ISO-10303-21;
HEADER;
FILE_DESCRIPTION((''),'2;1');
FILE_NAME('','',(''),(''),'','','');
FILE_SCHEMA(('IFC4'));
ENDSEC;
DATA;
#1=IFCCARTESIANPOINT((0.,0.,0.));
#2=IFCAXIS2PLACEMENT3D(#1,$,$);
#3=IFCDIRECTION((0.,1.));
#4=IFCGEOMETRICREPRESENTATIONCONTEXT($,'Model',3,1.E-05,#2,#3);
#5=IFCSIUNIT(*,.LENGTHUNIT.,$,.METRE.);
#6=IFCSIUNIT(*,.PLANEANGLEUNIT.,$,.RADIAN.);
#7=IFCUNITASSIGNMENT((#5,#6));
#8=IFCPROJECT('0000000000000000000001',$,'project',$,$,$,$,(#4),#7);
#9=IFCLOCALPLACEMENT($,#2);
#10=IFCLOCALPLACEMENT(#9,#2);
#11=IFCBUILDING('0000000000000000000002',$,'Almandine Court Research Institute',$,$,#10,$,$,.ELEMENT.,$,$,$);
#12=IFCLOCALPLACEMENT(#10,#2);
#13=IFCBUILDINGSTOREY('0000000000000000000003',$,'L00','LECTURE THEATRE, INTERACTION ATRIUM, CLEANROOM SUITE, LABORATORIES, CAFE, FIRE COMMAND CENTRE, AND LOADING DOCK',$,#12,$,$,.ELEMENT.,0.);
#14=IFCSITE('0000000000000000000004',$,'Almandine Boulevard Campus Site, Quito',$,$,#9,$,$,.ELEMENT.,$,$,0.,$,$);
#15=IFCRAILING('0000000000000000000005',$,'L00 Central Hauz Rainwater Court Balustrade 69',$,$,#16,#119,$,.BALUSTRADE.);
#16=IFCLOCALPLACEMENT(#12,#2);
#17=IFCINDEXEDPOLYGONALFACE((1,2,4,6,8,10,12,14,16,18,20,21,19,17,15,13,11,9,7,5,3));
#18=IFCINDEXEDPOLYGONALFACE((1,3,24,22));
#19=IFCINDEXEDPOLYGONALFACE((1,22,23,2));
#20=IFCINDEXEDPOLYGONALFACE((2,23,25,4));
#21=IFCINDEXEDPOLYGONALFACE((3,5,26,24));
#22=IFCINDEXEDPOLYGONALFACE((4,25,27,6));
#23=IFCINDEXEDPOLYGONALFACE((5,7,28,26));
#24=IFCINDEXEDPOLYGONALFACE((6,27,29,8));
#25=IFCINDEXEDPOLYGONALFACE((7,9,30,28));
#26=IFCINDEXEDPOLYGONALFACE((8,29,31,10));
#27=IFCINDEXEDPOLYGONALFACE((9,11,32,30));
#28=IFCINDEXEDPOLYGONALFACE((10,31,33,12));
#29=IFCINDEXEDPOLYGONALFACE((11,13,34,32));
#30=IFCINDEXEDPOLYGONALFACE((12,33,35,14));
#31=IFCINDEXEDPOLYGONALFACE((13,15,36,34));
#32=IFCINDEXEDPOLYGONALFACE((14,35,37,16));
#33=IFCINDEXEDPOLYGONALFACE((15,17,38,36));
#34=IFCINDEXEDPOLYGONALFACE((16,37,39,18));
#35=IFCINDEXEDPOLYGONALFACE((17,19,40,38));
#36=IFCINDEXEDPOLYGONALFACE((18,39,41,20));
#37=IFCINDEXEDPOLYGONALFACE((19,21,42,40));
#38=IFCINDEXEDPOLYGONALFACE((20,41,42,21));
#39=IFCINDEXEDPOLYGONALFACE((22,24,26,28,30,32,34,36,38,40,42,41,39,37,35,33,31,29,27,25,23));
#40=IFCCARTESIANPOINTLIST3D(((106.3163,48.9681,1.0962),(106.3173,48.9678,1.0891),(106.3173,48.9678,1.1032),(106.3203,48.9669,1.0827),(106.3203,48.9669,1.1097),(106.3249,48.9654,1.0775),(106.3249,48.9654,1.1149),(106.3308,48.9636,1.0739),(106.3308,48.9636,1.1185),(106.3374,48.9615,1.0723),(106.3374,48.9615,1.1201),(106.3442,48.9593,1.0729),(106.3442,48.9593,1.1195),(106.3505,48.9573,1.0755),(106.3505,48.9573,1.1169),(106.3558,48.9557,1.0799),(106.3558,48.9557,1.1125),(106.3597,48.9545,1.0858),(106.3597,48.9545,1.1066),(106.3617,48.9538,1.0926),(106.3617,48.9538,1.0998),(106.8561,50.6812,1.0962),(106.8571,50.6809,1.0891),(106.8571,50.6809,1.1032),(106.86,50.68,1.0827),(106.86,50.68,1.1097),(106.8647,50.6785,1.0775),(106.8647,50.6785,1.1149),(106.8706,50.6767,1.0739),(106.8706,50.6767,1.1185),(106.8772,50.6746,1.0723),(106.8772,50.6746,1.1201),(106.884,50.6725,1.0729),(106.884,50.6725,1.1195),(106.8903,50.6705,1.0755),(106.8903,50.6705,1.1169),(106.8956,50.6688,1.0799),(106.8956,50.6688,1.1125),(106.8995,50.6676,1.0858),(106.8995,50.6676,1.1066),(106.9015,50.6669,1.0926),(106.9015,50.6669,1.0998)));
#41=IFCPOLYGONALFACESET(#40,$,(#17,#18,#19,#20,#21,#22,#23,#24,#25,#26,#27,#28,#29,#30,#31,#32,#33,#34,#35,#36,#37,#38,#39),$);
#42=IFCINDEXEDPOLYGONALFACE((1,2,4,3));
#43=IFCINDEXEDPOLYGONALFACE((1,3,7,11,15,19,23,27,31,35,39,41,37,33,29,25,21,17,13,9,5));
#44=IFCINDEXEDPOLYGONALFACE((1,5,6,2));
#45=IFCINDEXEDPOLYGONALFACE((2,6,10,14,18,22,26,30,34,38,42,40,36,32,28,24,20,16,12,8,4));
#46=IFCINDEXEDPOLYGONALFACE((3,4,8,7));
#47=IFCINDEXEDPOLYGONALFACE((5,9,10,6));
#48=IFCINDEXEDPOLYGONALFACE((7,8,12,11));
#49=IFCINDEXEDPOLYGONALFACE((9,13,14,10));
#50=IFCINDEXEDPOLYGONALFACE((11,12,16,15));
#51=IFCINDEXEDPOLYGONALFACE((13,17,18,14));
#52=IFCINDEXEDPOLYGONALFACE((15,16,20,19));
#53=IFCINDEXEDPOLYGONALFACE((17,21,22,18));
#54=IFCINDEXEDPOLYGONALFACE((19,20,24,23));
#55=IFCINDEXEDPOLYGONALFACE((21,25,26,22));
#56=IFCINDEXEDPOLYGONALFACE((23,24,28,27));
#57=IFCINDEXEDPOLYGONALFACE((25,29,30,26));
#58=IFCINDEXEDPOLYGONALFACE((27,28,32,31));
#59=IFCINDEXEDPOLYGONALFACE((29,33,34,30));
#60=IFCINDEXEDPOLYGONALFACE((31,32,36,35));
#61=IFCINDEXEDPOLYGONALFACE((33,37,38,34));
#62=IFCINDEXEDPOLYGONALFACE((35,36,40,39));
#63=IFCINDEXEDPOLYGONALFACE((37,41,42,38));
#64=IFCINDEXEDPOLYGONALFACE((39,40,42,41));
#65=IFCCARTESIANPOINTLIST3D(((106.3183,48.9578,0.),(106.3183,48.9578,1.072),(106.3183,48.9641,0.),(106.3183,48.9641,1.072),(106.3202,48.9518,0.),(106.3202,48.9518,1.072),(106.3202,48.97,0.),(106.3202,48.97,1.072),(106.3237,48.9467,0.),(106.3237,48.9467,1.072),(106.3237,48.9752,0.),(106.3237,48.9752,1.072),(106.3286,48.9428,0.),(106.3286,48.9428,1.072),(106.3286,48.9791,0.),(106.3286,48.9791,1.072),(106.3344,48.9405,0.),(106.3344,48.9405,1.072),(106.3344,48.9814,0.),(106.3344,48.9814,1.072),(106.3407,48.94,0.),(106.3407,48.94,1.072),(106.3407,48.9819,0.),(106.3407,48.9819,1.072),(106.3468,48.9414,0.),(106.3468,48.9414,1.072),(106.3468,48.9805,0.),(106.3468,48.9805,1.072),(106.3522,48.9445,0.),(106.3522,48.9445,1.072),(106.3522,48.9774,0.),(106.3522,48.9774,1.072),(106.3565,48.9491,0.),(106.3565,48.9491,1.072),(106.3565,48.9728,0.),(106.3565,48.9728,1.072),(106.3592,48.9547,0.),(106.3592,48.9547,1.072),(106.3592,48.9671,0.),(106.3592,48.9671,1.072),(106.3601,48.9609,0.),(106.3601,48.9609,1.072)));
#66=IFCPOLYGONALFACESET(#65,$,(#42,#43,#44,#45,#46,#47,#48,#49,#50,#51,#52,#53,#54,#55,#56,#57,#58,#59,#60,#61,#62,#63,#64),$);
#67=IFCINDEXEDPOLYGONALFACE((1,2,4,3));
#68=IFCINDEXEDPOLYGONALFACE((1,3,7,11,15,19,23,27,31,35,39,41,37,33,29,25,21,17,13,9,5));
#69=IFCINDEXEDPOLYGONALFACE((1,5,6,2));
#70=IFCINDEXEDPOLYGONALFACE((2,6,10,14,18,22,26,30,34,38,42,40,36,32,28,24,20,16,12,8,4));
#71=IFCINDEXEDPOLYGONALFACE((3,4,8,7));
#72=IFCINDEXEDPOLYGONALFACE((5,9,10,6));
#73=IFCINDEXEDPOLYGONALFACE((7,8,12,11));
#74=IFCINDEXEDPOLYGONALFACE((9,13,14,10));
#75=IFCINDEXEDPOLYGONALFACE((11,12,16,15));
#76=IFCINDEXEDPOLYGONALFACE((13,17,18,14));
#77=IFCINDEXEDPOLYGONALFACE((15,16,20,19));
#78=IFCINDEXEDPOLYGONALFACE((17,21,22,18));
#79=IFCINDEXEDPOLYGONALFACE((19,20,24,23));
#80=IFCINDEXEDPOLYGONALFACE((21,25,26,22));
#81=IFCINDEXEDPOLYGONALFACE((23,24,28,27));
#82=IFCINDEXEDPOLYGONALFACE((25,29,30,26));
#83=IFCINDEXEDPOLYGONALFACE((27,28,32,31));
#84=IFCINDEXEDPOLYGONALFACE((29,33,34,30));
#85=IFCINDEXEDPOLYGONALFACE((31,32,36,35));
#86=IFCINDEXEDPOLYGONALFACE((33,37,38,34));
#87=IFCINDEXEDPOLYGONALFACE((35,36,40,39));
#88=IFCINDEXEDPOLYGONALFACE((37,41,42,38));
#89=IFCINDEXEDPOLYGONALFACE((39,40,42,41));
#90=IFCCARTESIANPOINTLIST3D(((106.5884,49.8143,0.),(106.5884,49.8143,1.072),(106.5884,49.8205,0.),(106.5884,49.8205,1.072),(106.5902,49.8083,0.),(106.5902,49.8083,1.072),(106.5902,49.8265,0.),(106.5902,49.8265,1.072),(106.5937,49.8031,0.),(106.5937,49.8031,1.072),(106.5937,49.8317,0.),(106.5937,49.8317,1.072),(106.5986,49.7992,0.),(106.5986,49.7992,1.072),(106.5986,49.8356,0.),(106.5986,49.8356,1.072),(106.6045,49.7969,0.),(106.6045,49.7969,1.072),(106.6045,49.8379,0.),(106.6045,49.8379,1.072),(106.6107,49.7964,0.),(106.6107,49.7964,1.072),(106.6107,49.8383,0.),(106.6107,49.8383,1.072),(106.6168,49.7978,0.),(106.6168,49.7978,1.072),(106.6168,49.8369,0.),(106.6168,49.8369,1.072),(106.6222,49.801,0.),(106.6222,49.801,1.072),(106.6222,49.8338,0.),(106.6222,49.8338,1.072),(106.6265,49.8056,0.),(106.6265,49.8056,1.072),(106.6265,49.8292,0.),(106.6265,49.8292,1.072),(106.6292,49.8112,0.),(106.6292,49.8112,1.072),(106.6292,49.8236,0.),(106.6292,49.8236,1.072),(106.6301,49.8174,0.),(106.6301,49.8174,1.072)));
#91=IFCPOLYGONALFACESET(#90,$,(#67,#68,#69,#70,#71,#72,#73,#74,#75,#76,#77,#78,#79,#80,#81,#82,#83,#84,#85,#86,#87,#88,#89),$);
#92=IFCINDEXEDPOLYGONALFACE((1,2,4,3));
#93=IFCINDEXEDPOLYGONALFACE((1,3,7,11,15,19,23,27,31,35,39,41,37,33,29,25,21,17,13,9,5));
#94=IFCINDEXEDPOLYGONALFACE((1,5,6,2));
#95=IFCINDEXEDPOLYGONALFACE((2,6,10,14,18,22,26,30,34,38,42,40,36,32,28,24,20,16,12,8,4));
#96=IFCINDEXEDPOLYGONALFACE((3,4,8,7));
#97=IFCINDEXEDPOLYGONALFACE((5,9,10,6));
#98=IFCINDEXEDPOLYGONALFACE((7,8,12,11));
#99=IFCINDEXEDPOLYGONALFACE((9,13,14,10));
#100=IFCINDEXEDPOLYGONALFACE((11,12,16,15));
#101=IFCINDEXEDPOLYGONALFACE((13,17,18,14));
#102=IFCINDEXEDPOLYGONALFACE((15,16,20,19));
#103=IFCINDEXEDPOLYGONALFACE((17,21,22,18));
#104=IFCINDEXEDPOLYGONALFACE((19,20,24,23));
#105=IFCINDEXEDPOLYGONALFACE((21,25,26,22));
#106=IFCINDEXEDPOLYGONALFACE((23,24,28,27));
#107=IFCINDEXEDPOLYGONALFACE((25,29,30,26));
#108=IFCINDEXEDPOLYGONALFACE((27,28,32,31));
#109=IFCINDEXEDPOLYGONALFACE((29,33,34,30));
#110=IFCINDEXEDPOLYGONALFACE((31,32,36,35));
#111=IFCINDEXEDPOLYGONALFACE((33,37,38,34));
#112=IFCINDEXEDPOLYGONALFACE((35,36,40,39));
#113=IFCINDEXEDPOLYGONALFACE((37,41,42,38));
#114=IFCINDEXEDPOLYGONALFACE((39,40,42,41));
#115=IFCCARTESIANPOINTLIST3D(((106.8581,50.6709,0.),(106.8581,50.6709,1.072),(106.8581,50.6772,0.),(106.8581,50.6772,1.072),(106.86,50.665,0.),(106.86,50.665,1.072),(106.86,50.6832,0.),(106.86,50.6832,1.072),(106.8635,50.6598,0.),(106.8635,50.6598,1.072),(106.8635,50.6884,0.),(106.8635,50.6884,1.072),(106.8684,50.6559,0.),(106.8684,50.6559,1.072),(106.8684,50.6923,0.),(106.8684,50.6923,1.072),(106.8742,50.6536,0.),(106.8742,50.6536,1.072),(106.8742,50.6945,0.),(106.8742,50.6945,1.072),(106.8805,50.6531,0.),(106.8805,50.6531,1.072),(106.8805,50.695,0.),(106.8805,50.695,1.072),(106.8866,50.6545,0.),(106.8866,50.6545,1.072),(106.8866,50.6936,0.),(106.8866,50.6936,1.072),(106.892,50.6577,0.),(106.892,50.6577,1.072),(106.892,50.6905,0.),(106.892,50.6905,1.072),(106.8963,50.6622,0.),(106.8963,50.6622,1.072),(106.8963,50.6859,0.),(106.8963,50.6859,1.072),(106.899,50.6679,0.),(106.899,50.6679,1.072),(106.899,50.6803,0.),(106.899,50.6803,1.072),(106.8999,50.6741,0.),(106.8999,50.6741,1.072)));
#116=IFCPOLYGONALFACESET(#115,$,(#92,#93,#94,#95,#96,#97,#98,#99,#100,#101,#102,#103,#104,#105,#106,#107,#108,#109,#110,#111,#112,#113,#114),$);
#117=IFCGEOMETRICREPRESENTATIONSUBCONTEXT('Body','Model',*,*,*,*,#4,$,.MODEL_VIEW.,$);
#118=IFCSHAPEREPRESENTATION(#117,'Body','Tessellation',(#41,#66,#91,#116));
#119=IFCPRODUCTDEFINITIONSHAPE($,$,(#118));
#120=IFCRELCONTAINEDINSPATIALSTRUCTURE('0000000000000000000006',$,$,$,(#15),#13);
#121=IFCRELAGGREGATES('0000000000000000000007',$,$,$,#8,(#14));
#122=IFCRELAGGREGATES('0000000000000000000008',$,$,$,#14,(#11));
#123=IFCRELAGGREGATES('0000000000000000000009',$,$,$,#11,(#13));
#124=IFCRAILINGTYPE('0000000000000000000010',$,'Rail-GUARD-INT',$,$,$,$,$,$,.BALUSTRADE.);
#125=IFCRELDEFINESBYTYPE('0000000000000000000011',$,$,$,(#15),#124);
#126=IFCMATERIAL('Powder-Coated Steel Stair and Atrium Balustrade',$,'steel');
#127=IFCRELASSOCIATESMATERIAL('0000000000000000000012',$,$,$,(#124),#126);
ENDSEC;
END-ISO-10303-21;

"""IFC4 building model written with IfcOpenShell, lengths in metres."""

from ifc_helpers import new_model, si_unit, direction, frame, origin, origin_2d, place, context, subcontext, project, spatial, circle, extrude, material, type_object, element, save


model = new_model("IFC4")

# Units and contexts
model_context = context("Model", 3, precision=1e-05, world=origin(), true_north=direction((0.0, 1.0)))
body_context = subcontext(model_context, "Body", "Model", "MODEL_VIEW")
ifc_project = project(units=[si_unit("LENGTHUNIT", "METRE"), si_unit("PLANEANGLEUNIT", "RADIAN")], contexts=[model_context])

# Site, building, storey
site_placement = place(None, origin())
site = spatial("IfcSite", under=ifc_project, at=site_placement, Name="Almandine Boulevard Campus Site, Quito", CompositionType="ELEMENT", RefElevation=0.0)
building_placement = place(site_placement, origin())
building = spatial("IfcBuilding", under=site, at=building_placement, Name="Almandine Court Research Institute", CompositionType="ELEMENT")
storey_placement = place(building_placement, origin())
storey = spatial("IfcBuildingStorey", under=building, at=storey_placement, Name="L00", Description="LECTURE THEATRE, INTERACTION ATRIUM, CLEANROOM SUITE, LABORATORIES, CAFE, FIRE COMMAND CENTRE, AND LOADING DOCK", CompositionType="ELEMENT", Elevation=0.0)

# Railing
ifc_material_1 = material(Name="Powder-Coated Steel Stair and Atrium Balustrade", Category="steel")
railing_type = type_object("IfcRailingType", Name="Rail-GUARD-INT", PredefinedType="BALUSTRADE", material=ifc_material_1)
railing_1_placement = place(storey_placement, frame((106.3391, 48.9609, 0.0)))
element("IfcRailing", 1, at=railing_1_placement, inside=storey, type_object=railing_type, Name="L00 Central Hauz Rainwater Court Balustrade 69", PredefinedType="BALUSTRADE", context=body_context, shape_type="SweptSolid", body=[
    extrude(circle(Radius=0.0239, at=origin_2d()), frame((0.0, 0.0, 1.0962), z_axis=(0.300526, 0.953774, 0.0), x_axis=(-0.953774, 0.300526, 0.0)), (0.0, 0.0, 1.0), 1.7961),
    extrude(circle(Radius=0.021, at=origin_2d()), origin(), (0.0, 0.0, 1.0), 1.072),
    extrude(circle(Radius=0.021, at=origin_2d()), frame((0.27, 0.8564, 0.0)), (0.0, 0.0, 1.0), 1.072),
    extrude(circle(Radius=0.021, at=origin_2d()), frame((0.5398, 1.7131, 0.0)), (0.0, 0.0, 1.0), 1.072),
])

save(model, "model.ifc")
